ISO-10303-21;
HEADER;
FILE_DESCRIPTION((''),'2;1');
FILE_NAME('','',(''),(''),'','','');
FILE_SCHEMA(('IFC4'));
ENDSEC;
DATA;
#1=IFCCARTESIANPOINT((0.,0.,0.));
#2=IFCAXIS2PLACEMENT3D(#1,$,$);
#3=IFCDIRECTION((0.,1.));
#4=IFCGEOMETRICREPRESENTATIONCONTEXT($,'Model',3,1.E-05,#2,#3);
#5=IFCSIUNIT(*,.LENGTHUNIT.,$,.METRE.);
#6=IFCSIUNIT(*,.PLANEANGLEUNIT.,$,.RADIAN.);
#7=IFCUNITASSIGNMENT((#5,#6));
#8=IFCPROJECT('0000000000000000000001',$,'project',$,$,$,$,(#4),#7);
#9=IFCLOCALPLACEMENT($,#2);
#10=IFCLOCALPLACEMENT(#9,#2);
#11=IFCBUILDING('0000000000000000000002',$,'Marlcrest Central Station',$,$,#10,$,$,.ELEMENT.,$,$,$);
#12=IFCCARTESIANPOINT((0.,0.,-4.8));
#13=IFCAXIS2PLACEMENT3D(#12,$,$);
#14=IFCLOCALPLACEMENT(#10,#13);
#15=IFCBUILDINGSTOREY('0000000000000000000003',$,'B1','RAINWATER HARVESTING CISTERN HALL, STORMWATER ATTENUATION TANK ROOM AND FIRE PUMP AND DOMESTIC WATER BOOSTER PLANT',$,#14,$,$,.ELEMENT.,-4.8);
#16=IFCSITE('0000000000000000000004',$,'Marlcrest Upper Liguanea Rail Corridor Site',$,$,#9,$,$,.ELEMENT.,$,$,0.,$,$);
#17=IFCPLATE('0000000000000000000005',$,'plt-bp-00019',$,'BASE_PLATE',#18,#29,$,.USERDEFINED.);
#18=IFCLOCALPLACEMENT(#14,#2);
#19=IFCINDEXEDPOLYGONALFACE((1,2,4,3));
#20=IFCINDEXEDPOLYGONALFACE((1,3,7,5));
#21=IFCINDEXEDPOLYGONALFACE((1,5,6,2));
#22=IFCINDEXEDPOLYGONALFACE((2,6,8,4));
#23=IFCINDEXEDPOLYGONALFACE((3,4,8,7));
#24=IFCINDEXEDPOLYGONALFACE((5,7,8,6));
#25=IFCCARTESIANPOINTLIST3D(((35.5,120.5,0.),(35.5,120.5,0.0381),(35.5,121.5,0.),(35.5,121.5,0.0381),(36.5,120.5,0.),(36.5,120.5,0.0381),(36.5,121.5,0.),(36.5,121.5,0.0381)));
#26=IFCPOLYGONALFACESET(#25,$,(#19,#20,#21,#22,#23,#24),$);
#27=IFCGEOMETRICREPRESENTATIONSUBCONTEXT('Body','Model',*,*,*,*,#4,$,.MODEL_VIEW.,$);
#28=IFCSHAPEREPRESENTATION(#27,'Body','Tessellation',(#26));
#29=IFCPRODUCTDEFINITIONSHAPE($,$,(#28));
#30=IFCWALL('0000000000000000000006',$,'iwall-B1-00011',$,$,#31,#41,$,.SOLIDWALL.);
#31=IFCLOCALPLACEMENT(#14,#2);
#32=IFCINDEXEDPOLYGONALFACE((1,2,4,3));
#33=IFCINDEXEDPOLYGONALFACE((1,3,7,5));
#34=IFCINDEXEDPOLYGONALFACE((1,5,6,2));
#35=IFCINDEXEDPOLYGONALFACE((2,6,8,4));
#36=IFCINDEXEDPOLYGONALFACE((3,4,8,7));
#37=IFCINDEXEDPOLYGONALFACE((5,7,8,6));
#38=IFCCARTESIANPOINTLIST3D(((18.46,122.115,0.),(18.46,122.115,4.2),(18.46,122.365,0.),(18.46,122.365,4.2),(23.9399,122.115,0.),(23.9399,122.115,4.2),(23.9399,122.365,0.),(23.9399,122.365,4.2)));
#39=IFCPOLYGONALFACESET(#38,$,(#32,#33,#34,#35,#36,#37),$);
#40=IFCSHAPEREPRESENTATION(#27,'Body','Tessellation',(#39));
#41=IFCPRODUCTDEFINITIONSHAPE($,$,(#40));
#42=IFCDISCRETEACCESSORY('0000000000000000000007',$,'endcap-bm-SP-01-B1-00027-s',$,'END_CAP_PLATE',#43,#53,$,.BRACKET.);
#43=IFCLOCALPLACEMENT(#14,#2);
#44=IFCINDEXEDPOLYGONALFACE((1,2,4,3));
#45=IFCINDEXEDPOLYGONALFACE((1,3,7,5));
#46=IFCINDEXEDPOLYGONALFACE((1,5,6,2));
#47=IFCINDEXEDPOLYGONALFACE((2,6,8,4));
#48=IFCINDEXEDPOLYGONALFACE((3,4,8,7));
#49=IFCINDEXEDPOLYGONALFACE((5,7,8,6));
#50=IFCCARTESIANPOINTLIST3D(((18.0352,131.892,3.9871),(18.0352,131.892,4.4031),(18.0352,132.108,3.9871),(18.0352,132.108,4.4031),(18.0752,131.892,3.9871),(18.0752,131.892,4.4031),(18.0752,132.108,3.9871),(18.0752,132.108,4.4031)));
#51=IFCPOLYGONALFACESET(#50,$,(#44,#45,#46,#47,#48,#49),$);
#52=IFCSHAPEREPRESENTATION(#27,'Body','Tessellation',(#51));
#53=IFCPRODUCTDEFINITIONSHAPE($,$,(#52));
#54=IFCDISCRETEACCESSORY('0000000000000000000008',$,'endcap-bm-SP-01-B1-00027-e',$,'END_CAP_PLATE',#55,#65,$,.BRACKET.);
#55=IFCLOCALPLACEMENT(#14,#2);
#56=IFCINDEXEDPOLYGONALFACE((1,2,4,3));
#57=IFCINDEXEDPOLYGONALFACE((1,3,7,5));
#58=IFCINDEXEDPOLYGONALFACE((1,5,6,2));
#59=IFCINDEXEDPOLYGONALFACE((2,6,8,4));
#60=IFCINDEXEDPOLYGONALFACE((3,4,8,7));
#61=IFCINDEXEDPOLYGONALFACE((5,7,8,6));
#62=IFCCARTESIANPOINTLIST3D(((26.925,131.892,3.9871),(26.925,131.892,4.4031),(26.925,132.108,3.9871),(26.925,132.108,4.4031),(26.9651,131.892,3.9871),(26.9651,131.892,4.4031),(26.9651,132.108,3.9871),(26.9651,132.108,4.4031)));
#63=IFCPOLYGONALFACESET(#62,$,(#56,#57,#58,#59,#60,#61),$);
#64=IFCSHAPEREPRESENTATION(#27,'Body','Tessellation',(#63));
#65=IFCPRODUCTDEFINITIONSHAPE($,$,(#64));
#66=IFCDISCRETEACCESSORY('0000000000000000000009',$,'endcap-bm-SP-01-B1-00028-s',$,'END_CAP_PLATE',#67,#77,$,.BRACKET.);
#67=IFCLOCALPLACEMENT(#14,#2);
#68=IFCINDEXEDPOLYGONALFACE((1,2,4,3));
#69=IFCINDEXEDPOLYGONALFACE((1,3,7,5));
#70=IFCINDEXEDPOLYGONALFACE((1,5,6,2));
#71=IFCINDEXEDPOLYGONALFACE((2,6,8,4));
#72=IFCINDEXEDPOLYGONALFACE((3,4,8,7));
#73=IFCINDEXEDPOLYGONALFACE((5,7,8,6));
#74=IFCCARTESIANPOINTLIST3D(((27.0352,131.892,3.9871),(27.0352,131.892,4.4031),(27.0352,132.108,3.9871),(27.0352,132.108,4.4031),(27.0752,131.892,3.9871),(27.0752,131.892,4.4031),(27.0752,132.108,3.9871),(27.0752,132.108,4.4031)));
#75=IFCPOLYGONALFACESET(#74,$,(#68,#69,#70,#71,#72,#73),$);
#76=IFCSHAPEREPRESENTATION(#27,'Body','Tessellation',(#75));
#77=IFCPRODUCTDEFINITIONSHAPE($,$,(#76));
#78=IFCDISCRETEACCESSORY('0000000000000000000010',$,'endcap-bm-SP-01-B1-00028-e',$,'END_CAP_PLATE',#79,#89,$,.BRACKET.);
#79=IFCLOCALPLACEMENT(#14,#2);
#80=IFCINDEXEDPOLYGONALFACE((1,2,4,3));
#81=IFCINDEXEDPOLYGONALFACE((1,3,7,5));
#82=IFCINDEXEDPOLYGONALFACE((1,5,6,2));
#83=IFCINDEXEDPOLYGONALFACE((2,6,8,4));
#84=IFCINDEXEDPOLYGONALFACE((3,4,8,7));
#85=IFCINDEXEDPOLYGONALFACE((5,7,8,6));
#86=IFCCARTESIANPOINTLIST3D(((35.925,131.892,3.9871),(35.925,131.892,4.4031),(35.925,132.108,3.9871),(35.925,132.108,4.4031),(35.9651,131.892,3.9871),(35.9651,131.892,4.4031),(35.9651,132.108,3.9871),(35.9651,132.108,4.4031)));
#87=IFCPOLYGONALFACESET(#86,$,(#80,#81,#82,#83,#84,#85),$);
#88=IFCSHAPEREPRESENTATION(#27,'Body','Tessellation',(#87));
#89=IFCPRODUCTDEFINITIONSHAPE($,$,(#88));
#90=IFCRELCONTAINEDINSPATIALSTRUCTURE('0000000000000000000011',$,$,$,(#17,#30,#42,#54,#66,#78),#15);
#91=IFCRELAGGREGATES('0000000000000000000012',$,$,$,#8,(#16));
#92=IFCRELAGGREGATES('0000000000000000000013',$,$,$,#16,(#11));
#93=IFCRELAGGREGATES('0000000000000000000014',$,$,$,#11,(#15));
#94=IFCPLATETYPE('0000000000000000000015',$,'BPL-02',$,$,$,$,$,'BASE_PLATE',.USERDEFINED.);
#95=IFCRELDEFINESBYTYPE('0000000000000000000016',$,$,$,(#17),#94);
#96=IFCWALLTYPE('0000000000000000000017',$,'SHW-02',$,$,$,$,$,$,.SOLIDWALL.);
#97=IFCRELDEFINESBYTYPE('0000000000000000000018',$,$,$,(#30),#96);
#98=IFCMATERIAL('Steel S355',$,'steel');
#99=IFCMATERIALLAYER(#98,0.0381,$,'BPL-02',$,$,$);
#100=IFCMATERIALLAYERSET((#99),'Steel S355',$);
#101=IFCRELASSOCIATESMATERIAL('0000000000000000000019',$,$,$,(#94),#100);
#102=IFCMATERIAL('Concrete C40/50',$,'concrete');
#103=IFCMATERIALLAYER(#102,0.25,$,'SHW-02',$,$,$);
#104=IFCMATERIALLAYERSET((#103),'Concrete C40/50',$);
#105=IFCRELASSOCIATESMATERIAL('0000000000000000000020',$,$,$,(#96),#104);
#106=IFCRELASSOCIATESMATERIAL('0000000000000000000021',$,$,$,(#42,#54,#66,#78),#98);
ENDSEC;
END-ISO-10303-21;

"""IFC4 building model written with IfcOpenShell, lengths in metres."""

from ifc_helpers import new_model, si_unit, direction, frame, frame_2d, origin, origin_2d, place, context, subcontext, project, spatial, rectangle, extrude, material, layer, layer_set, type_object, element, save


model = new_model("IFC4")

# Units and contexts
model_context = context("Model", 3, precision=1e-05, world=origin(), true_north=direction((0.0, 1.0)))
body_context = subcontext(model_context, "Body", "Model", "MODEL_VIEW")
ifc_project = project(units=[si_unit("LENGTHUNIT", "METRE"), si_unit("PLANEANGLEUNIT", "RADIAN")], contexts=[model_context])

# Site, building, storey
site_placement = place(None, origin())
site = spatial("IfcSite", under=ifc_project, at=site_placement, Name="Marlcrest Upper Liguanea Rail Corridor Site", CompositionType="ELEMENT", RefElevation=0.0)
building_placement = place(site_placement, origin())
building = spatial("IfcBuilding", under=site, at=building_placement, Name="Marlcrest Central Station", CompositionType="ELEMENT")
storey_placement = place(building_placement, frame((0.0, 0.0, -4.8)))
storey = spatial("IfcBuildingStorey", under=building, at=storey_placement, Name="B1", Description="RAINWATER HARVESTING CISTERN HALL, STORMWATER ATTENUATION TANK ROOM AND FIRE PUMP AND DOMESTIC WATER BOOSTER PLANT", CompositionType="ELEMENT", Elevation=-4.8)

# Shared definitions
ifc_material_1 = material(Name="Concrete C40/50", Category="concrete")

# Shared definitions
ifc_material_2 = material(Name="Steel S355", Category="steel")

# Plate
ifc_layer_1 = layer(ifc_material_2, 0.0381, Name="BPL-02")
ifc_layer_set_1 = layer_set([ifc_layer_1], Name="Steel S355")
plate_type = type_object("IfcPlateType", Name="BPL-02", ElementType="BASE_PLATE", PredefinedType="USERDEFINED", material=ifc_layer_set_1)
for number, where, z_axis, x_axis, name in (
    (1, (36.0, 121.0, 0.0), (0.0, 0.0, 1.0), (1.0, 0.0, 0.0), "plt-bp-00019"),
):
    element("IfcPlate", number, at=place(storey_placement, frame(where, z_axis=z_axis, x_axis=x_axis)), inside=storey, type_object=plate_type, Name=name, ObjectType="BASE_PLATE", PredefinedType="USERDEFINED", context=body_context, shape_type="SweptSolid", body=[
        extrude(rectangle(XDim=1.0, YDim=1.0, at=origin_2d()), origin(), (0.0, 0.0, 1.0), 0.0381),
    ])

# Wall
ifc_layer_2 = layer(ifc_material_1, 0.25, Name="SHW-02")
ifc_layer_set_2 = layer_set([ifc_layer_2], Name="Concrete C40/50")
wall_type = type_object("IfcWallType", Name="SHW-02", PredefinedType="SOLIDWALL", material=ifc_layer_set_2)
wall_placement = place(storey_placement, frame((18.46, 122.24, 0.0), z_axis=(0.0, 0.0, 1.0), x_axis=(1.0, 0.0, 0.0)))
element("IfcWall", 2, at=wall_placement, inside=storey, type_object=wall_type, Name="iwall-B1-00011", PredefinedType="SOLIDWALL", context=body_context, shape_type="SweptSolid", body=[
    extrude(rectangle(XDim=5.48, YDim=0.25, at=frame_2d((2.74, 0.0))), origin(), (0.0, 0.0, 1.0), 4.2),
])

# Discrete accessories
for number, where, z_axis, x_axis, name in (
    (3, (18.0352, 132.0, 4.1951), (1.0, 0.0, 0.0), (0.0, 1.0, 0.0), "endcap-bm-SP-01-B1-00027-s"),
    (4, (26.925, 132.0, 4.1951), (1.0, 0.0, 0.0), (0.0, 1.0, 0.0), "endcap-bm-SP-01-B1-00027-e"),
    (5, (27.0352, 132.0, 4.1951), (1.0, 0.0, 0.0), (0.0, 1.0, 0.0), "endcap-bm-SP-01-B1-00028-s"),
    (6, (35.925, 132.0, 4.1951), (1.0, 0.0, 0.0), (0.0, 1.0, 0.0), "endcap-bm-SP-01-B1-00028-e"),
):
    element("IfcDiscreteAccessory", number, at=place(storey_placement, frame(where, z_axis=z_axis, x_axis=x_axis)), inside=storey, material=ifc_material_2, Name=name, ObjectType="END_CAP_PLATE", PredefinedType="BRACKET", context=body_context, shape_type="SweptSolid", body=[
        extrude(rectangle(XDim=0.2161, YDim=0.416, at=origin_2d()), origin(), (0.0, 0.0, 1.0), 0.04),
    ])

save(model, "model.ifc")
